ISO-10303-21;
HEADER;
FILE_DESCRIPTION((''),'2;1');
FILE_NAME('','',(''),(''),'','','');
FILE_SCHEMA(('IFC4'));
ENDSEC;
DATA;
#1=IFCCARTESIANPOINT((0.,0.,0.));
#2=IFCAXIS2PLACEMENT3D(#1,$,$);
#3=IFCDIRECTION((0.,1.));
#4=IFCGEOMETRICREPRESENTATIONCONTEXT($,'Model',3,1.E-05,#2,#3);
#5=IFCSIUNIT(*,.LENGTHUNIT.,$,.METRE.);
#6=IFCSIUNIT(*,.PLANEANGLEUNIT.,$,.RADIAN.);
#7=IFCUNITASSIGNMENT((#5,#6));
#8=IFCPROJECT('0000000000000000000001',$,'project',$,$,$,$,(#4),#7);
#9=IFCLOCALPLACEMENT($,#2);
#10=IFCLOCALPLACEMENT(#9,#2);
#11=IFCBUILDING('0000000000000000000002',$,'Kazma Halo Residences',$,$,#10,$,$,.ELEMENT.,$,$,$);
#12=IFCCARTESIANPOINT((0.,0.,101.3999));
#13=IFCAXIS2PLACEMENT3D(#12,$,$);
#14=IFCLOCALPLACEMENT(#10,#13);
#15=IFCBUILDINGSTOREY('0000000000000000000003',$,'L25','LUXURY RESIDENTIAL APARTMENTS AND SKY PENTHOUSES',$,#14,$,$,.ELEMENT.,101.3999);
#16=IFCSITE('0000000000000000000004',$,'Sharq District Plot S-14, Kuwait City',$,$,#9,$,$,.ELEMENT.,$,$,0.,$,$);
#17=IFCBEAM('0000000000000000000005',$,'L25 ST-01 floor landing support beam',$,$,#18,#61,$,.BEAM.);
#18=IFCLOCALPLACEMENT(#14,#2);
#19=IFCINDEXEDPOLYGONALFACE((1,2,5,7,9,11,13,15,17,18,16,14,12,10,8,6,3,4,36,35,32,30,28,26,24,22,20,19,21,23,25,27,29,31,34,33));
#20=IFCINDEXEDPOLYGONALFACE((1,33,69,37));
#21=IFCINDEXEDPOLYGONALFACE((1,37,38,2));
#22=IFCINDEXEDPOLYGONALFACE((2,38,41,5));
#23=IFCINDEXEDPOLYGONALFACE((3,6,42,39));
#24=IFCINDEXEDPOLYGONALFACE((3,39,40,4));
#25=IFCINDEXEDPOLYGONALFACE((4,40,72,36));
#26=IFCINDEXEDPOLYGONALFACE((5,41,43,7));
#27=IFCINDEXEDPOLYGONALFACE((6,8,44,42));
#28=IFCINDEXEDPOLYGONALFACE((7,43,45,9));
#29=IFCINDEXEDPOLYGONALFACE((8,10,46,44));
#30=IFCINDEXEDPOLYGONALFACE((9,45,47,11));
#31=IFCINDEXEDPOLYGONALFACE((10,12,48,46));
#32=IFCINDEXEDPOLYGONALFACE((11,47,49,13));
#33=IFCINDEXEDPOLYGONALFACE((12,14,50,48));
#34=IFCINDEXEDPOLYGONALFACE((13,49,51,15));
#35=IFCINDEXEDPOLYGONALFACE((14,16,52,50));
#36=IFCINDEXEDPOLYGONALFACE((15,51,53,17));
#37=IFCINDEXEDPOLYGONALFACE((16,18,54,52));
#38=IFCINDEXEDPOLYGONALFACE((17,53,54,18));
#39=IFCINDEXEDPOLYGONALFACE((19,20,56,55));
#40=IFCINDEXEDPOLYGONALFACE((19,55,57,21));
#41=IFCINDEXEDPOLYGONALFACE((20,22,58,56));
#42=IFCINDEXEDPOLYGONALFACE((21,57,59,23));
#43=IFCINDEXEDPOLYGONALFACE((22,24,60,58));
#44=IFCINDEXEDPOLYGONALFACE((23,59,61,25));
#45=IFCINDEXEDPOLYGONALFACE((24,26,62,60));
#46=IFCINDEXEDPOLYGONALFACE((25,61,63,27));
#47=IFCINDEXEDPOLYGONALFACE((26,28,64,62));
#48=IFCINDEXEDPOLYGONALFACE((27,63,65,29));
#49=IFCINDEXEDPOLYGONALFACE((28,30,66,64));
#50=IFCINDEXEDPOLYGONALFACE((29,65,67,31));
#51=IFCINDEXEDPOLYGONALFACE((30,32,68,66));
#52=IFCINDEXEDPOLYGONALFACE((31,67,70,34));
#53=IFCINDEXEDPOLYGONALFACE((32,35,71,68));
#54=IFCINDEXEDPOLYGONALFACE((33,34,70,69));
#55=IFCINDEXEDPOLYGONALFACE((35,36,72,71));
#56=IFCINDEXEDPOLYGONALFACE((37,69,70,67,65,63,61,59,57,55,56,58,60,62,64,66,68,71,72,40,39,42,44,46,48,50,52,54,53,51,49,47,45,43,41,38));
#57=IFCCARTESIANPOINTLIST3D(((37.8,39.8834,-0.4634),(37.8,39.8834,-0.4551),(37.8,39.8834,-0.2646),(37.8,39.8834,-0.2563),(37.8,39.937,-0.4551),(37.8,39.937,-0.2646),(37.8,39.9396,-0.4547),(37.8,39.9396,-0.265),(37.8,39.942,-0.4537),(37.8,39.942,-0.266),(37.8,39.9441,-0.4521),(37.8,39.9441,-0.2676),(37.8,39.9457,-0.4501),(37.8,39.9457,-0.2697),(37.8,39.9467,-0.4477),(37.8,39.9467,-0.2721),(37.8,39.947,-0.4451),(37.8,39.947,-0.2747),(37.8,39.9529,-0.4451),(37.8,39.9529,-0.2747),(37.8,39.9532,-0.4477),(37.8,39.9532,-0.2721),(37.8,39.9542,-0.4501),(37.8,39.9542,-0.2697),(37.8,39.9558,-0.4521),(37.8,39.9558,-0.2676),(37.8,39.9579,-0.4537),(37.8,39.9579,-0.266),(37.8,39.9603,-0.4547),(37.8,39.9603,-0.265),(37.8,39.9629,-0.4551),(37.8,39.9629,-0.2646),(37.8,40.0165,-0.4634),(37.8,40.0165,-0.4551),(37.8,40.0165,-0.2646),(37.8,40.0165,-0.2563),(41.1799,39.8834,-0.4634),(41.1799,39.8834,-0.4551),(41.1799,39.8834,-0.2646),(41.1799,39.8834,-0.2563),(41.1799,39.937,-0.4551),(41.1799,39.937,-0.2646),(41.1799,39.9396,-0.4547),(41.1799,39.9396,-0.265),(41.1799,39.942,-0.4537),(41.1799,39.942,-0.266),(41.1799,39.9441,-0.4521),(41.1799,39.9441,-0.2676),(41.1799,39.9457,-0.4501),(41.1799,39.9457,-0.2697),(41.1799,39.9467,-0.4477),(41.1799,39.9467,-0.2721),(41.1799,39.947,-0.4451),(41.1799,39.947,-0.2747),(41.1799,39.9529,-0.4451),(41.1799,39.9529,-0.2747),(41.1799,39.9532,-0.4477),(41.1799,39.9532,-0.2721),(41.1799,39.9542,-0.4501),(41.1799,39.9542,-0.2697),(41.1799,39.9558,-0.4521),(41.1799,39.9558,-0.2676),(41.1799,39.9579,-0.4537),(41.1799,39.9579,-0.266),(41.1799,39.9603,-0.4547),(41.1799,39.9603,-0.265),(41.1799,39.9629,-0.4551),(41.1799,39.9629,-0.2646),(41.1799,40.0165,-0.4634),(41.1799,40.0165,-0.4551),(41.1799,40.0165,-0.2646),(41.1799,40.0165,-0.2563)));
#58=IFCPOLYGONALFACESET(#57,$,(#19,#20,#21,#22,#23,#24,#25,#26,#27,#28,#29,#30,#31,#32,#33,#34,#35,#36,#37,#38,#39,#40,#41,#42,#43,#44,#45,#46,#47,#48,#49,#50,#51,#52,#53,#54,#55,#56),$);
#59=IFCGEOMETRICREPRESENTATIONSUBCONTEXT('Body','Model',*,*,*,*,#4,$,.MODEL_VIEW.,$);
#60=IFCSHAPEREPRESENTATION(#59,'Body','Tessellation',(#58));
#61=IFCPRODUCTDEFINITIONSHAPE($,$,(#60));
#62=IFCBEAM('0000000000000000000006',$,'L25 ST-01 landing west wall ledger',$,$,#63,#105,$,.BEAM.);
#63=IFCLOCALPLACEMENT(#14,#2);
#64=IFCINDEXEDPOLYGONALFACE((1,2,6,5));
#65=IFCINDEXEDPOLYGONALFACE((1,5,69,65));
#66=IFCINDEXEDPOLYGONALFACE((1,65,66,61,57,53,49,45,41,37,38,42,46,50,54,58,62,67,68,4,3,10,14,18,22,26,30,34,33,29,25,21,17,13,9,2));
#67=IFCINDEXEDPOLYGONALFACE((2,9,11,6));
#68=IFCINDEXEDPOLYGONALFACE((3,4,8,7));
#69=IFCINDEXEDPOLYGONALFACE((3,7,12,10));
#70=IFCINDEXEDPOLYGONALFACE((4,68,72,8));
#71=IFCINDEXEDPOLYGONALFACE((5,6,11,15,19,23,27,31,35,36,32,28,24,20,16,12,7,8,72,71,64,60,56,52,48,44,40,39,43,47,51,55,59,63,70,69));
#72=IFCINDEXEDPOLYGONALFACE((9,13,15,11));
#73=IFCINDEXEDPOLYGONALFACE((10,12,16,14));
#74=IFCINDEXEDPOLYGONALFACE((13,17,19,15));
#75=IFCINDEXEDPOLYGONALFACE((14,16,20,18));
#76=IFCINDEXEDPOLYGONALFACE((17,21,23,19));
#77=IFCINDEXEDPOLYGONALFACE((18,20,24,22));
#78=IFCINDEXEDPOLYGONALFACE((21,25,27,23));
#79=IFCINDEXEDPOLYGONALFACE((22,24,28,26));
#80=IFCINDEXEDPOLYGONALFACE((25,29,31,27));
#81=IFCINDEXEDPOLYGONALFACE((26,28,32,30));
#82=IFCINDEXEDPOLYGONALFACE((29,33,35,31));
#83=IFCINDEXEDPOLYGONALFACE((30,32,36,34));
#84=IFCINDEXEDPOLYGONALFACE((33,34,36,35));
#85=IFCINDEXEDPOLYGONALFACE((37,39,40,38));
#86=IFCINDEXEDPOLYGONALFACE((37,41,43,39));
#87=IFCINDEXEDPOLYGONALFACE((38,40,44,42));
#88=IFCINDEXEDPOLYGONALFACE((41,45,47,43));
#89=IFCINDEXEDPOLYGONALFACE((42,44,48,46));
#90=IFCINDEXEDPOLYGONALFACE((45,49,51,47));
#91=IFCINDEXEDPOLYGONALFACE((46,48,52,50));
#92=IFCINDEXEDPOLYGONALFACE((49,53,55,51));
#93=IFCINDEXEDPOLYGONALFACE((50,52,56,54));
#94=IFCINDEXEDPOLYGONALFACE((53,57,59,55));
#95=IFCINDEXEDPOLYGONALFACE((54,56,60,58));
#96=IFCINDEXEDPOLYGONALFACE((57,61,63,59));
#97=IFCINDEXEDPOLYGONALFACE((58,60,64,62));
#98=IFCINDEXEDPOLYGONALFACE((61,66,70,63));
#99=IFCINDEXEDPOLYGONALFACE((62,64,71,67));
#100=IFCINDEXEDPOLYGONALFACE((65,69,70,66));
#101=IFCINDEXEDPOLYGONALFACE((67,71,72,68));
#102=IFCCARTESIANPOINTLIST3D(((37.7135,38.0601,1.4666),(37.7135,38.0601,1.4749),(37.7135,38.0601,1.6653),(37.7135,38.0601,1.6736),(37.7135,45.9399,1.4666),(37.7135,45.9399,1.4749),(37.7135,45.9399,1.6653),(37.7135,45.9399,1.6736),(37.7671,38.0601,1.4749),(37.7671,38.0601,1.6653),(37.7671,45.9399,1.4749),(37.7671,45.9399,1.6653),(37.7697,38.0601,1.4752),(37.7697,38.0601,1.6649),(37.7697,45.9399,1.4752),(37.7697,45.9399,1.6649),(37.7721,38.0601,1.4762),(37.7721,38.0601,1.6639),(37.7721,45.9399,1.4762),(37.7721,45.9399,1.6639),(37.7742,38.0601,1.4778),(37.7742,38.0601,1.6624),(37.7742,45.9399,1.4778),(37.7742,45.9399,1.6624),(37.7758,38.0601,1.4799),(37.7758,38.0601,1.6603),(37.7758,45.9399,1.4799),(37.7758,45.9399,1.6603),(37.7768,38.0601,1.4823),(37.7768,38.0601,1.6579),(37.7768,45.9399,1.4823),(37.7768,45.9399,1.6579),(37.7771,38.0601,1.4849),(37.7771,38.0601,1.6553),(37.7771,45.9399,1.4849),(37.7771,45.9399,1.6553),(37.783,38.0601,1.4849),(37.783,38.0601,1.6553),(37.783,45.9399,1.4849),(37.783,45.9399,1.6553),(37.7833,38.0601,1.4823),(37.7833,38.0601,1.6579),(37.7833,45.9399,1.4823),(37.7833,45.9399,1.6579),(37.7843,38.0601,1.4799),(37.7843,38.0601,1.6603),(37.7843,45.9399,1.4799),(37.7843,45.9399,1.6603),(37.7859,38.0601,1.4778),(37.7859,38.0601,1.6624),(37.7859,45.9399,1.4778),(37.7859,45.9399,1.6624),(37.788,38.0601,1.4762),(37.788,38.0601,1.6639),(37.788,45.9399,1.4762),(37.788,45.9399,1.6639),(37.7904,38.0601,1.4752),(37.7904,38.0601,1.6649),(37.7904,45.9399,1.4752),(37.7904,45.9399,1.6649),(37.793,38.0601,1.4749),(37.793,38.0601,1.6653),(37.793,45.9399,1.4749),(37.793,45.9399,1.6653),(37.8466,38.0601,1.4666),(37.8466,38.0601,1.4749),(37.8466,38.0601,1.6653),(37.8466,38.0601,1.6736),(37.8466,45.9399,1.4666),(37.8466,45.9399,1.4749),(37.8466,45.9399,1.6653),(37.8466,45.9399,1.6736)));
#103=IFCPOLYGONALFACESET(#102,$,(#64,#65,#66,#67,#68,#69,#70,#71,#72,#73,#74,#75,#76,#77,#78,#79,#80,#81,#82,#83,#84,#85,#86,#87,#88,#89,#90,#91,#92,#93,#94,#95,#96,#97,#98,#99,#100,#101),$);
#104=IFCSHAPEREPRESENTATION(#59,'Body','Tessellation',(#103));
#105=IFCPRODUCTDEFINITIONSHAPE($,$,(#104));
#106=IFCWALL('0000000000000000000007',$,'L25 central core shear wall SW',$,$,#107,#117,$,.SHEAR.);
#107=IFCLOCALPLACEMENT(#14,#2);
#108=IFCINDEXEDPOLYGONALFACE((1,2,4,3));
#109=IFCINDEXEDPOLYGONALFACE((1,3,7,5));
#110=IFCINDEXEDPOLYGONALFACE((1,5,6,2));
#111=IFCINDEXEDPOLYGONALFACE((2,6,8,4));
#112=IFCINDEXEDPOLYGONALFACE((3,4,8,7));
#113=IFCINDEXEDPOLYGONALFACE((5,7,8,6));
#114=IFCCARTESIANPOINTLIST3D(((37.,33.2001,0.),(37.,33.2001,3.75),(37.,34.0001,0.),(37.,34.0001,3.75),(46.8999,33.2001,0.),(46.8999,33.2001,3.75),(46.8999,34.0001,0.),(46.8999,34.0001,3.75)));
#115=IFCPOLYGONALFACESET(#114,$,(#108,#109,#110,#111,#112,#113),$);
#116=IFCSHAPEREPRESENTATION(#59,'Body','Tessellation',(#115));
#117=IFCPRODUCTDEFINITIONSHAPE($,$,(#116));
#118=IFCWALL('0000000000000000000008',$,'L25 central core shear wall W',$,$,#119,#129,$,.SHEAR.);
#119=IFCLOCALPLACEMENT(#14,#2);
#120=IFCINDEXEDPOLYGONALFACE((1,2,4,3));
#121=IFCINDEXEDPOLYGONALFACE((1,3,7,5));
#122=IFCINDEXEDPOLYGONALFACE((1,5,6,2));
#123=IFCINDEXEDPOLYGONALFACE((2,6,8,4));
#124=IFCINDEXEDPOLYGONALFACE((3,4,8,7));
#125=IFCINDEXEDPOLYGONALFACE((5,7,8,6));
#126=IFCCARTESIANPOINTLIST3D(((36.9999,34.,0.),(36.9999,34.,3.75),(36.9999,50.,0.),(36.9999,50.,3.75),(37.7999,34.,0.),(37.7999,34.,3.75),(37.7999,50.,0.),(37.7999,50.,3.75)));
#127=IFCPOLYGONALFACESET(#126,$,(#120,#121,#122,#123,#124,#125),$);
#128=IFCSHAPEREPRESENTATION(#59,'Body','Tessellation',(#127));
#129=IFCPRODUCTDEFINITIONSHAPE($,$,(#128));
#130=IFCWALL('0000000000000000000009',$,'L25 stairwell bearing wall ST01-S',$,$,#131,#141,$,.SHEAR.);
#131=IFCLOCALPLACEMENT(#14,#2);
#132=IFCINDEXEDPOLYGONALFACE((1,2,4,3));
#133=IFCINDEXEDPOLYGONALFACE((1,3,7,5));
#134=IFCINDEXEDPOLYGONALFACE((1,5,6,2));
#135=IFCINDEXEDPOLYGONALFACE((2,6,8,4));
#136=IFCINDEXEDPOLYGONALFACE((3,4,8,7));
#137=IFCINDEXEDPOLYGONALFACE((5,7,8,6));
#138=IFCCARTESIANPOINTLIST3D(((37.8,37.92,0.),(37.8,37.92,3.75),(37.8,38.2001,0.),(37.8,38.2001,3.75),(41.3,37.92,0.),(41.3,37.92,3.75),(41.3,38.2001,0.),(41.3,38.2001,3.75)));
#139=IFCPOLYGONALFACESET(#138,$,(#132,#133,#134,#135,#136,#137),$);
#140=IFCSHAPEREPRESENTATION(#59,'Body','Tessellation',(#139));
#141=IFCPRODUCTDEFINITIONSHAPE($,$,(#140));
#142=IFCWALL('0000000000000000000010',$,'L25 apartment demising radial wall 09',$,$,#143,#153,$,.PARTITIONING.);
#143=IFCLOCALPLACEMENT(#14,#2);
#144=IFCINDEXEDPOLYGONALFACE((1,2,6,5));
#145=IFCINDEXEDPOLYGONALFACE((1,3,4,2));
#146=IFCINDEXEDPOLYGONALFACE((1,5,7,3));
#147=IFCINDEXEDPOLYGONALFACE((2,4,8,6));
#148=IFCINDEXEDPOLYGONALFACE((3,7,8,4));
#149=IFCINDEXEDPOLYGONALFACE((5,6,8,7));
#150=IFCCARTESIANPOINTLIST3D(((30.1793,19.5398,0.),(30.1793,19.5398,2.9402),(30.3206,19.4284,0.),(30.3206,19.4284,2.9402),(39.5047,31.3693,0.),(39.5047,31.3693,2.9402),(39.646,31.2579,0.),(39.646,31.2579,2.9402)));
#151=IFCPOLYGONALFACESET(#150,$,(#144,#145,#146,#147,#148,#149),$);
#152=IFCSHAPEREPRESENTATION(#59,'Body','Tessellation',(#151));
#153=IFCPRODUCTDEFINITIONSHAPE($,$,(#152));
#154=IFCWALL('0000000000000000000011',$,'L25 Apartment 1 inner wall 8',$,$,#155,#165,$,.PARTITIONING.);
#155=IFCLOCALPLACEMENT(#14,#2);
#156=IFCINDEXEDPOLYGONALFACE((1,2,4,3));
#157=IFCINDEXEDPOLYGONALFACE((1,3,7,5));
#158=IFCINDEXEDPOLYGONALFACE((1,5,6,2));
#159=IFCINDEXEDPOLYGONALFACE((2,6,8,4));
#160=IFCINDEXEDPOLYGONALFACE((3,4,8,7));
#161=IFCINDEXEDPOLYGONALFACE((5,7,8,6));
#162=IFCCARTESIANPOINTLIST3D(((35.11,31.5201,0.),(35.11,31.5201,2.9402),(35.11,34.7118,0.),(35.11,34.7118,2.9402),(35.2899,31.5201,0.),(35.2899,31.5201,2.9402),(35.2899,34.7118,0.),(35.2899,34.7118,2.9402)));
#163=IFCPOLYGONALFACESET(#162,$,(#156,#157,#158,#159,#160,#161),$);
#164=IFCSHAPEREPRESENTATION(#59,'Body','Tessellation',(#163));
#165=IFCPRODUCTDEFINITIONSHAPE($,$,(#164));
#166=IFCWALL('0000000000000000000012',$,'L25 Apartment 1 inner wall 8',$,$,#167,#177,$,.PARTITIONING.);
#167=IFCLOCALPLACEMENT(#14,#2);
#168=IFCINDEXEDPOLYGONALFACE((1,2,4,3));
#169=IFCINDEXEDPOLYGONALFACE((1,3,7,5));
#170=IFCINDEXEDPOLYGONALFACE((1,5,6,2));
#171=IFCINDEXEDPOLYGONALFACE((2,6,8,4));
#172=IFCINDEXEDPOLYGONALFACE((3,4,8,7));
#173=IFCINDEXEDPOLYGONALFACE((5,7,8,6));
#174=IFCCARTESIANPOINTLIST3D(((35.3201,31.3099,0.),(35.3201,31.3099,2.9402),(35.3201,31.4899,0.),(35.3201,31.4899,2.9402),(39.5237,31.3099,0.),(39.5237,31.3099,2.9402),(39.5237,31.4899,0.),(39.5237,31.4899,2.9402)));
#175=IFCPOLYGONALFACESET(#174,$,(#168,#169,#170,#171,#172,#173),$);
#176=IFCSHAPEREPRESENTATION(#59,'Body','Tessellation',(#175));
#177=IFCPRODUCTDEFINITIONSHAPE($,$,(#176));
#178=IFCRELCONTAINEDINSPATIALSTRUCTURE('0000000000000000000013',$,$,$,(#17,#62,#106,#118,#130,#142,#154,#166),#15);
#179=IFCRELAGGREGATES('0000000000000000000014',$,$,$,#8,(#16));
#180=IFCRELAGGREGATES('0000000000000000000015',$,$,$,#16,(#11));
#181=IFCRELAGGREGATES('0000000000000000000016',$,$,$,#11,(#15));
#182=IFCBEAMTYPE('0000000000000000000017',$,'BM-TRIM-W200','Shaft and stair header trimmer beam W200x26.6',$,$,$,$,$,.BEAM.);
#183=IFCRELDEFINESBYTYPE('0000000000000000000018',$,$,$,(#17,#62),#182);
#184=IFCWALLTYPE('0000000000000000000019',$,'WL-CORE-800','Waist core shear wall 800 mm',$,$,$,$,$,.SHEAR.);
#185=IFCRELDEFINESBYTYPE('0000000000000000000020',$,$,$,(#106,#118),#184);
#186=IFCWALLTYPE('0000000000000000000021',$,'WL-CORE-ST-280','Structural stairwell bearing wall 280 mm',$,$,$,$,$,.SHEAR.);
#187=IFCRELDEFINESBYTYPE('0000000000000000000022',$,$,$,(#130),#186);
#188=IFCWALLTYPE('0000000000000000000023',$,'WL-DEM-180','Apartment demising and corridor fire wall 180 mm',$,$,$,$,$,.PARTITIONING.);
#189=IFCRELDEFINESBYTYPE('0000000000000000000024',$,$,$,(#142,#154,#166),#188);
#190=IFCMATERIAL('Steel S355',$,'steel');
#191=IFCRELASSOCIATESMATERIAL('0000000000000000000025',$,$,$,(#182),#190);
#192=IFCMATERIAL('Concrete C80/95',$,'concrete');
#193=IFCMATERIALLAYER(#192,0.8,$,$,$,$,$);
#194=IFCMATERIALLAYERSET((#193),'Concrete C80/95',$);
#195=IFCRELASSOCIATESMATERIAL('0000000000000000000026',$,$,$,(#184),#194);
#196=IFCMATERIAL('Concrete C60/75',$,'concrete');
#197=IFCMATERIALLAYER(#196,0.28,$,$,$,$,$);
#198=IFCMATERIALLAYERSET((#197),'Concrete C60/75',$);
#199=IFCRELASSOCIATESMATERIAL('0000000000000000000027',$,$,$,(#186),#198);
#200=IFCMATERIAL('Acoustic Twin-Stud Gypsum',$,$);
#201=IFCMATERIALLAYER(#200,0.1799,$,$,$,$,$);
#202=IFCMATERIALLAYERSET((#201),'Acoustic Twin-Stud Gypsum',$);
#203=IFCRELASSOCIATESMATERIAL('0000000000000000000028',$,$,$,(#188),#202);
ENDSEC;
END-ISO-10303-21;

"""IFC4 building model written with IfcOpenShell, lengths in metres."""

from ifc_helpers import new_model, si_unit, direction, frame, frame_2d, origin, origin_2d, place, context, subcontext, project, spatial, rectangle, i_section, extrude, material, layer, layer_set, material_profile, profile_set, type_object, element, save


model = new_model("IFC4")

# Units and contexts
model_context = context("Model", 3, precision=1e-05, world=origin(), true_north=direction((0.0, 1.0)))
body_context = subcontext(model_context, "Body", "Model", "MODEL_VIEW")
ifc_project = project(units=[si_unit("LENGTHUNIT", "METRE"), si_unit("PLANEANGLEUNIT", "RADIAN")], contexts=[model_context])

# Site, building, storey
site_placement = place(None, origin())
site = spatial("IfcSite", under=ifc_project, at=site_placement, Name="Sharq District Plot S-14, Kuwait City", CompositionType="ELEMENT", RefElevation=0.0)
building_placement = place(site_placement, origin())
building = spatial("IfcBuilding", under=site, at=building_placement, Name="Kazma Halo Residences", CompositionType="ELEMENT")
storey_placement = place(building_placement, frame((0.0, 0.0, 101.3999)))
storey = spatial("IfcBuildingStorey", under=building, at=storey_placement, Name="L25", Description="LUXURY RESIDENTIAL APARTMENTS AND SKY PENTHOUSES", CompositionType="ELEMENT", Elevation=101.3999)

# Beams
ifc_material_1 = material(Name="Steel S355", Category="steel")
ifc_material_profile_1 = material_profile(ifc_material_1, i_section(OverallWidth=0.1331, OverallDepth=0.207, WebThickness=0.0059, FlangeThickness=0.0083, FilletRadius=0.01, at=origin_2d()), Name="W200x26.6")
ifc_profile_set_1 = profile_set([ifc_material_profile_1], Name="Steel S355")
beam_type_1 = type_object("IfcBeamType", Name="BM-TRIM-W200", Description="Shaft and stair header trimmer beam W200x26.6", PredefinedType="BEAM", material=ifc_profile_set_1)
beam_1_placement = place(storey_placement, frame((37.8, 39.95, -0.3599), z_axis=(1.0, 0.0, 0.0), x_axis=(0.0, 1.0, 0.0)))
element("IfcBeam", 1, at=beam_1_placement, inside=storey, type_object=beam_type_1, Name="L25 ST-01 floor landing support beam", PredefinedType="BEAM", context=body_context, shape_type="SweptSolid", body=[
    extrude(i_section(OverallWidth=0.1331, OverallDepth=0.207, WebThickness=0.0059, FlangeThickness=0.0083, FilletRadius=0.01, at=origin_2d()), origin(), (0.0, 0.0, 1.0), 3.3799),
])
beam_2_placement = place(storey_placement, frame((37.78, 38.0601, 1.5701), z_axis=(0.0, 1.0, 0.0), x_axis=(-1.0, 0.0, 0.0)))
element("IfcBeam", 2, at=beam_2_placement, inside=storey, type_object=beam_type_1, Name="L25 ST-01 landing west wall ledger", PredefinedType="BEAM", context=body_context, shape_type="SweptSolid", body=[
    extrude(i_section(OverallWidth=0.1331, OverallDepth=0.207, WebThickness=0.0059, FlangeThickness=0.0083, FilletRadius=0.01, at=origin_2d()), origin(), (0.0, 0.0, 1.0), 7.8799),
])

# Walls
ifc_material_2 = material(Name="Concrete C80/95", Category="concrete")
ifc_layer_1 = layer(ifc_material_2, 0.8)
ifc_layer_set_1 = layer_set([ifc_layer_1], Name="Concrete C80/95")
wall_type_1 = type_object("IfcWallType", Name="WL-CORE-800", Description="Waist core shear wall 800 mm", PredefinedType="SHEAR", material=ifc_layer_set_1)
wall_1_placement = place(storey_placement, frame((37.0, 33.6001, 0.0), z_axis=(0.0, 0.0, 1.0), x_axis=(1.0, 0.0, 0.0)))
element("IfcWall", 3, at=wall_1_placement, inside=storey, type_object=wall_type_1, Name="L25 central core shear wall SW", PredefinedType="SHEAR", context=body_context, shape_type="SweptSolid", body=[
    extrude(rectangle(XDim=9.8999, YDim=0.8, at=frame_2d((4.95, 0.0))), origin(), (0.0, 0.0, 1.0), 3.75),
])
wall_2_placement = place(storey_placement, frame((37.3999, 34.0, 0.0), z_axis=(0.0, 0.0, 1.0), x_axis=(0.0, 1.0, 0.0)))
element("IfcWall", 4, at=wall_2_placement, inside=storey, type_object=wall_type_1, Name="L25 central core shear wall W", PredefinedType="SHEAR", context=body_context, shape_type="SweptSolid", body=[
    extrude(rectangle(XDim=16.0, YDim=0.8, at=frame_2d((8.0, 0.0))), origin(), (0.0, 0.0, 1.0), 3.75),
])
ifc_material_3 = material(Name="Concrete C60/75", Category="concrete")
ifc_layer_2 = layer(ifc_material_3, 0.28)
ifc_layer_set_2 = layer_set([ifc_layer_2], Name="Concrete C60/75")
wall_type_2 = type_object("IfcWallType", Name="WL-CORE-ST-280", Description="Structural stairwell bearing wall 280 mm", PredefinedType="SHEAR", material=ifc_layer_set_2)
wall_3_placement = place(storey_placement, frame((37.8, 38.0601, 0.0), z_axis=(0.0, 0.0, 1.0), x_axis=(1.0, 0.0, 0.0)))
element("IfcWall", 5, at=wall_3_placement, inside=storey, type_object=wall_type_2, Name="L25 stairwell bearing wall ST01-S", PredefinedType="SHEAR", context=body_context, shape_type="SweptSolid", body=[
    extrude(rectangle(XDim=3.5, YDim=0.28, at=frame_2d((1.75, 0.0))), origin(), (0.0, 0.0, 1.0), 3.75),
])
ifc_material_4 = material(Name="Acoustic Twin-Stud Gypsum")
ifc_layer_3 = layer(ifc_material_4, 0.1799)
ifc_layer_set_3 = layer_set([ifc_layer_3], Name="Acoustic Twin-Stud Gypsum")
wall_type_3 = type_object("IfcWallType", Name="WL-DEM-180", Description="Apartment demising and corridor fire wall 180 mm", PredefinedType="PARTITIONING", material=ifc_layer_set_3)
wall_4_placement = place(storey_placement, frame((39.5754, 31.3137, 0.0), z_axis=(0.0, 0.0, 1.0), x_axis=(-0.619083, -0.785325, 0.0)))
element("IfcWall", 6, at=wall_4_placement, inside=storey, type_object=wall_type_3, Name="L25 apartment demising radial wall 09", PredefinedType="PARTITIONING", context=body_context, shape_type="SweptSolid", body=[
    extrude(rectangle(XDim=15.0632, YDim=0.1799, at=frame_2d((7.5317, 0.0))), origin(), (0.0, 0.0, 1.0), 2.9402),
])
wall_5_placement = place(storey_placement, frame((35.2, 34.7117, 0.0), z_axis=(0.0, 0.0, 1.0), x_axis=(0.0, -1.0, 0.0)))
element("IfcWall", 7, at=wall_5_placement, inside=storey, type_object=wall_type_3, Name="L25 Apartment 1 inner wall 8", PredefinedType="PARTITIONING", context=body_context, shape_type="SweptSolid", body=[
    extrude(rectangle(XDim=3.1917, YDim=0.1799, at=frame_2d((1.5957, 0.0))), origin(), (0.0, 0.0, 1.0), 2.9402),
])
wall_6_placement = place(storey_placement, frame((35.3201, 31.3999, 0.0), z_axis=(0.0, 0.0, 1.0), x_axis=(1.0, 0.0, 0.0)))
element("IfcWall", 8, at=wall_6_placement, inside=storey, type_object=wall_type_3, Name="L25 Apartment 1 inner wall 8", PredefinedType="PARTITIONING", context=body_context, shape_type="SweptSolid", body=[
    extrude(rectangle(XDim=4.2036, YDim=0.1799, at=frame_2d((2.1018, 0.0))), origin(), (0.0, 0.0, 1.0), 2.9402),
])

save(model, "model.ifc")
